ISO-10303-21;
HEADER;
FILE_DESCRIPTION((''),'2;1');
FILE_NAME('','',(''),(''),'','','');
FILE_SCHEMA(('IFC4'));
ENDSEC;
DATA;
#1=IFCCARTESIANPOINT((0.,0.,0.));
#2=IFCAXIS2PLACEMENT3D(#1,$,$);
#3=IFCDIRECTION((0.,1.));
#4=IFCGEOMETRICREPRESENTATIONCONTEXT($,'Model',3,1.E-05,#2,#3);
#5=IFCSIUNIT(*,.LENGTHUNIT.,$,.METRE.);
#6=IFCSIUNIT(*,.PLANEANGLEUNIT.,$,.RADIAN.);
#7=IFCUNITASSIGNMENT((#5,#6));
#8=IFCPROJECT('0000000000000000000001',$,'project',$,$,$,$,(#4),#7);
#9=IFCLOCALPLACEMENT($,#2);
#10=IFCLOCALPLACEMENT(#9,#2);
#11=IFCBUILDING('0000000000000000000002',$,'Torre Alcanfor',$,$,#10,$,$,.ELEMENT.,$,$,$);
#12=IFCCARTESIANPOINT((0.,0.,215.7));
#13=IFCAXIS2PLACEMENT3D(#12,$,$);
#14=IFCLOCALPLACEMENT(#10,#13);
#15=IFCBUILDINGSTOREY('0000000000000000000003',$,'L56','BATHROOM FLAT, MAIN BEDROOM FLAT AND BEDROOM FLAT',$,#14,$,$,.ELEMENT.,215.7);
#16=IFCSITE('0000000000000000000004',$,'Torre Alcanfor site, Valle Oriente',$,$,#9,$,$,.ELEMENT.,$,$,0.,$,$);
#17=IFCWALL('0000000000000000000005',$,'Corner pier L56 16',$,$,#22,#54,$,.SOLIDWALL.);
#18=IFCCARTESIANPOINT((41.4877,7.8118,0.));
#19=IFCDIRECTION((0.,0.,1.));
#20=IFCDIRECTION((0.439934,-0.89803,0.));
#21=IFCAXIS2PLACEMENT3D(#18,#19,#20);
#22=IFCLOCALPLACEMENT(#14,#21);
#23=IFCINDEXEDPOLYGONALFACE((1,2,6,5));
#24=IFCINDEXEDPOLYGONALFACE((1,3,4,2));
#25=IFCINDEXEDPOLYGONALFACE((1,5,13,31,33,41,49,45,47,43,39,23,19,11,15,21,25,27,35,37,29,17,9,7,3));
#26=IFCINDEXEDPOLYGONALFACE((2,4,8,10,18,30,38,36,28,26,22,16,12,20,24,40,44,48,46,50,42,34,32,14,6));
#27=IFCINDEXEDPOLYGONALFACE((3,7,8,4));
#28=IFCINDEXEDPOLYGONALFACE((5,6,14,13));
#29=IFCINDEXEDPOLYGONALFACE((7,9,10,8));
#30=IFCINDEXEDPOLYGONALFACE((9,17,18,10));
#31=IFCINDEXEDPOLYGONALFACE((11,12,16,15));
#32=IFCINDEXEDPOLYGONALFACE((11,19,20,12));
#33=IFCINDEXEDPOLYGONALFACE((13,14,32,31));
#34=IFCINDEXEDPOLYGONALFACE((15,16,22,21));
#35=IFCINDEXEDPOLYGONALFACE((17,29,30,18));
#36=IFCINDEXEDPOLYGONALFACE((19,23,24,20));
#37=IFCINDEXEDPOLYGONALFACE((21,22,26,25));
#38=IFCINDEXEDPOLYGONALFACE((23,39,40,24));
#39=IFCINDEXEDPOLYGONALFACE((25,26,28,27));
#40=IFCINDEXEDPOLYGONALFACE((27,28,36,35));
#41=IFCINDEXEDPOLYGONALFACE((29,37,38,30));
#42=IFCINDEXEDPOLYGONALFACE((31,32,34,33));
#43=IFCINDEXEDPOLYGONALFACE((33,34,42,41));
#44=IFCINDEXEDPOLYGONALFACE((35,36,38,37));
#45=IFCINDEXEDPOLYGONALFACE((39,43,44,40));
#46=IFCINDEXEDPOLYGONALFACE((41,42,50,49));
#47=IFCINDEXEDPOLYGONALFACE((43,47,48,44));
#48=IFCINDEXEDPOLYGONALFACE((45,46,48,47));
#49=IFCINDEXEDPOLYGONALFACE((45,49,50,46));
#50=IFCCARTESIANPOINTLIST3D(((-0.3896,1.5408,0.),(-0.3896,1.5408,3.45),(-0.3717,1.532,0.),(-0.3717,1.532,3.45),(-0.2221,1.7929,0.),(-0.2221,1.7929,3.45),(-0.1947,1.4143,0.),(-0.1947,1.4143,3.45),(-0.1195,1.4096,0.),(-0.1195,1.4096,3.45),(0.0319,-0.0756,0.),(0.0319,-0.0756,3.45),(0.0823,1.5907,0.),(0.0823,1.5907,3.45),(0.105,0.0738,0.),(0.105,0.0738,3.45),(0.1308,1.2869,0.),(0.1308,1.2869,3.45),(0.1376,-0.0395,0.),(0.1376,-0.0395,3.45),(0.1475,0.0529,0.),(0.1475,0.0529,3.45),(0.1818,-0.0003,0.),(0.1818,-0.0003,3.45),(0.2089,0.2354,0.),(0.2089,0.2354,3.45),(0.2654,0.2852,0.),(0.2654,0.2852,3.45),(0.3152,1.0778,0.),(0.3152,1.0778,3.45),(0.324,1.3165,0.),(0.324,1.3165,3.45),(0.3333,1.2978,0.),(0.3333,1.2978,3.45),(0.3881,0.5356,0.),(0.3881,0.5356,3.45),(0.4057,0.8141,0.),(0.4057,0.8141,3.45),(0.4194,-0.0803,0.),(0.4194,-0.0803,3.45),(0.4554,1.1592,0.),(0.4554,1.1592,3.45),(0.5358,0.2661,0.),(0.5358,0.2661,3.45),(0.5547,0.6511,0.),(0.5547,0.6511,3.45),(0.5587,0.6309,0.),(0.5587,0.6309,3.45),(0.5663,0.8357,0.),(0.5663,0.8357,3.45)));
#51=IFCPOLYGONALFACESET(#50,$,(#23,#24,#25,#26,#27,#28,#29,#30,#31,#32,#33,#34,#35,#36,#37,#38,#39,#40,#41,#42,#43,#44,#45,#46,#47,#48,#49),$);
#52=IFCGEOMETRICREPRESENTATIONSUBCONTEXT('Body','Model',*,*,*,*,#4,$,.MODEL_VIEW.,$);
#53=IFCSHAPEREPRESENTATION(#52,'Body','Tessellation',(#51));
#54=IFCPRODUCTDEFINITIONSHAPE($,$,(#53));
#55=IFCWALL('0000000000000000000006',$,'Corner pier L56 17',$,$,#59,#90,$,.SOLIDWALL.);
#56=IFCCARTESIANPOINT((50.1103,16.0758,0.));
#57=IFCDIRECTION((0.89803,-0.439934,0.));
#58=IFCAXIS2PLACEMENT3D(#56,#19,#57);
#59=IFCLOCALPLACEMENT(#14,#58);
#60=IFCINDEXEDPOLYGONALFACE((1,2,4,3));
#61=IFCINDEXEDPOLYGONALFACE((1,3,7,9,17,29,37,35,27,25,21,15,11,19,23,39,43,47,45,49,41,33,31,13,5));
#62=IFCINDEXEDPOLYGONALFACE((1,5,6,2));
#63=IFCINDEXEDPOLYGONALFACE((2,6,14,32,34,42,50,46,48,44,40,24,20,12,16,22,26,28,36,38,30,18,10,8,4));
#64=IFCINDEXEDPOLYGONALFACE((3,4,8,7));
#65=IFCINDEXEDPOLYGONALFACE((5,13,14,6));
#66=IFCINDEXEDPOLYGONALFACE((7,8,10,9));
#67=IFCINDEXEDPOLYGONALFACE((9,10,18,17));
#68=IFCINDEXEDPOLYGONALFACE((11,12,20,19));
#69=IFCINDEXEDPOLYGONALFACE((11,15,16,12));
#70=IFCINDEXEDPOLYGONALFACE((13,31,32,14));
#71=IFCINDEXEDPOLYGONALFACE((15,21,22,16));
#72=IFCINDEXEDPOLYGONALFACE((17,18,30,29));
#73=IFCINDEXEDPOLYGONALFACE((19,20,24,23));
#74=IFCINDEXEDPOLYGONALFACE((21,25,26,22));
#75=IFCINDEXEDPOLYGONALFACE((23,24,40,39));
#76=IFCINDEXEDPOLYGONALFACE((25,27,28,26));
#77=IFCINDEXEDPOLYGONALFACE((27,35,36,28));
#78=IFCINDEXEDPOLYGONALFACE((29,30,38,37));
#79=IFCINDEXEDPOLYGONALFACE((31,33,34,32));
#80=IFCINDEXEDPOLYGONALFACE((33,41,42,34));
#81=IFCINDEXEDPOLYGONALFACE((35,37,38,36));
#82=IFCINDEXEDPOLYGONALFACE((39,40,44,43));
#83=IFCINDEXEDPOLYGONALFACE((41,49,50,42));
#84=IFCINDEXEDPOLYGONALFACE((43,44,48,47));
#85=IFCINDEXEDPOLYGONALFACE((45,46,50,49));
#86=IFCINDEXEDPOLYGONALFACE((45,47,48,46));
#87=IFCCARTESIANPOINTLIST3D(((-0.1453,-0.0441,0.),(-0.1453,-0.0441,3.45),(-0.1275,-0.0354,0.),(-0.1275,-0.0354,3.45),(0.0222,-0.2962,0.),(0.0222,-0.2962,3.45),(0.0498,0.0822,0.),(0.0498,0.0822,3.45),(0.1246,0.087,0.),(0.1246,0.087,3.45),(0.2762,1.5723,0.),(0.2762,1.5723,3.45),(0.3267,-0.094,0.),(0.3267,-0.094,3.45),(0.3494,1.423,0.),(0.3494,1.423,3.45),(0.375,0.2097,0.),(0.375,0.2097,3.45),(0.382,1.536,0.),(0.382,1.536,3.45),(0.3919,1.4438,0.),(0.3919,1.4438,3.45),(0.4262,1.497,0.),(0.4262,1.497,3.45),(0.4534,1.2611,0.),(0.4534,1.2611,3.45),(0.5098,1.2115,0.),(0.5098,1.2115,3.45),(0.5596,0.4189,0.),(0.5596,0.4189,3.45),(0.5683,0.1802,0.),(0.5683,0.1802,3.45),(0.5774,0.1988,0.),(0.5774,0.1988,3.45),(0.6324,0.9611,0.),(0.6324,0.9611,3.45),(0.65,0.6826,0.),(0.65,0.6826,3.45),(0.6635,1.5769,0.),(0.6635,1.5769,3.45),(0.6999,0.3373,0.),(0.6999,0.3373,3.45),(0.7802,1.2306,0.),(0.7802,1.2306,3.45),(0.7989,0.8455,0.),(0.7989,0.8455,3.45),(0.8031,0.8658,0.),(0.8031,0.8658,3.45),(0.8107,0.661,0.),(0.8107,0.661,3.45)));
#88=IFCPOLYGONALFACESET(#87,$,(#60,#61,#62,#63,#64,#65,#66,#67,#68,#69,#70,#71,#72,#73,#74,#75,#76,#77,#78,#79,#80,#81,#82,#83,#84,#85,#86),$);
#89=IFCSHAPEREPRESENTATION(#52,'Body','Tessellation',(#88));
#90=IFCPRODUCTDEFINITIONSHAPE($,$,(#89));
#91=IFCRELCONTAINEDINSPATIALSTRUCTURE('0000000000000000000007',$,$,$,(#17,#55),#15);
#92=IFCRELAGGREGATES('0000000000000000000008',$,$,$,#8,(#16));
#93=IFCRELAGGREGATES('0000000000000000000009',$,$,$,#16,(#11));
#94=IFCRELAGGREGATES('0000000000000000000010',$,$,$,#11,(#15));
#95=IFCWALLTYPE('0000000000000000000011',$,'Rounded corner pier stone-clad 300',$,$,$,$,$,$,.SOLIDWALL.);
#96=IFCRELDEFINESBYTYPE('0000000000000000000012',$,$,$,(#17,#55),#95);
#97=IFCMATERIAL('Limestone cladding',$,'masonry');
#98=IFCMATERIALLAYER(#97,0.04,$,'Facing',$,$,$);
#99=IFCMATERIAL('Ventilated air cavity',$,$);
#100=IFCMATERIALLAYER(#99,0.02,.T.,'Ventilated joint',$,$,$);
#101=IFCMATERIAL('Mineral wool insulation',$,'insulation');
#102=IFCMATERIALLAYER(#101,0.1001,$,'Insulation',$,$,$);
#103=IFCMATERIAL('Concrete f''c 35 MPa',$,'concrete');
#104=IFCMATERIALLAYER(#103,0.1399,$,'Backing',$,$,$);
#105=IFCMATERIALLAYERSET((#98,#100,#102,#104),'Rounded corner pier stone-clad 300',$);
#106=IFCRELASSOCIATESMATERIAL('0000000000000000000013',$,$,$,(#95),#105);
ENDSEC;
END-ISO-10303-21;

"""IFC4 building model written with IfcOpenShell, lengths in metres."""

from ifc_helpers import new_model, si_unit, direction, frame, origin, place, context, subcontext, project, spatial, polyline, outline, extrude, material, layer, layer_set, type_object, element, save


model = new_model("IFC4")

# Units and contexts
model_context = context("Model", 3, precision=1e-05, world=origin(), true_north=direction((0.0, 1.0)))
body_context = subcontext(model_context, "Body", "Model", "MODEL_VIEW")
ifc_project = project(units=[si_unit("LENGTHUNIT", "METRE"), si_unit("PLANEANGLEUNIT", "RADIAN")], contexts=[model_context])

# Site, building, storey
site_placement = place(None, origin())
site = spatial("IfcSite", under=ifc_project, at=site_placement, Name="Torre Alcanfor site, Valle Oriente", CompositionType="ELEMENT", RefElevation=0.0)
building_placement = place(site_placement, origin())
building = spatial("IfcBuilding", under=site, at=building_placement, Name="Torre Alcanfor", CompositionType="ELEMENT")
storey_placement = place(building_placement, frame((0.0, 0.0, 215.7)))
storey = spatial("IfcBuildingStorey", under=building, at=storey_placement, Name="L56", Description="BATHROOM FLAT, MAIN BEDROOM FLAT AND BEDROOM FLAT", CompositionType="ELEMENT", Elevation=215.7)

# Shared definitions
ifc_material_1 = material(Name="Limestone cladding", Category="masonry")
ifc_material_2 = material(Name="Ventilated air cavity")
ifc_material_3 = material(Name="Mineral wool insulation", Category="insulation")
ifc_material_4 = material(Name="Concrete f'c 35 MPa", Category="concrete")

# Walls
ifc_layer_1 = layer(ifc_material_1, 0.04, Name="Facing")
ifc_layer_2 = layer(ifc_material_2, 0.02, ventilated=True, Name="Ventilated joint")
ifc_layer_3 = layer(ifc_material_3, 0.1001, Name="Insulation")
ifc_layer_4 = layer(ifc_material_4, 0.1399, Name="Backing")
ifc_layer_set_1 = layer_set([ifc_layer_1, ifc_layer_2, ifc_layer_3, ifc_layer_4], Name="Rounded corner pier stone-clad 300")
wall_type_1 = type_object("IfcWallType", Name="Rounded corner pier stone-clad 300", PredefinedType="SOLIDWALL", material=ifc_layer_set_1)
wall_1_placement = place(storey_placement, frame((41.4877, 7.8118, 0.0), z_axis=(0.0, 0.0, 1.0), x_axis=(0.439934, -0.89803, 0.0)))
element("IfcWall", 1, at=wall_1_placement, inside=storey, type_object=wall_type_1, Name="Corner pier L56 16", PredefinedType="SOLIDWALL", context=body_context, shape_type="SweptSolid", body=[
    extrude(outline(polyline([(-0.2221, 1.7929), (-0.3896, 1.5408), (-0.3717, 1.532), (-0.1947, 1.4143), (-0.1195, 1.4096), (0.1308, 1.2869), (0.3152, 1.0778), (0.4057, 0.8141), (0.3881, 0.5356), (0.2654, 0.2852), (0.2089, 0.2354), (0.1475, 0.0529), (0.105, 0.0738), (0.0319, -0.0756), (0.1376, -0.0395), (0.1818, -0.0003), (0.4194, -0.0803), (0.5358, 0.2661), (0.5587, 0.6309), (0.5547, 0.6511), (0.5663, 0.8357), (0.4554, 1.1592), (0.3333, 1.2978), (0.324, 1.3165), (0.0823, 1.5907), (-0.2221, 1.7929)])), origin(), (0.0, 0.0, 1.0), 3.45),
])
wall_2_placement = place(storey_placement, frame((50.1103, 16.0758, 0.0), z_axis=(0.0, 0.0, 1.0), x_axis=(0.89803, -0.439934, 0.0)))
element("IfcWall", 2, at=wall_2_placement, inside=storey, type_object=wall_type_1, Name="Corner pier L56 17", PredefinedType="SOLIDWALL", context=body_context, shape_type="SweptSolid", body=[
    extrude(outline(polyline([(0.6635, 1.5769), (0.4262, 1.497), (0.382, 1.536), (0.2762, 1.5723), (0.3494, 1.423), (0.3919, 1.4438), (0.4534, 1.2611), (0.5098, 1.2115), (0.6324, 0.9611), (0.65, 0.6826), (0.5596, 0.4189), (0.375, 0.2097), (0.1246, 0.087), (0.0498, 0.0822), (-0.1275, -0.0354), (-0.1453, -0.0441), (0.0222, -0.2962), (0.3267, -0.094), (0.5683, 0.1802), (0.5774, 0.1988), (0.6999, 0.3373), (0.8107, 0.661), (0.7989, 0.8455), (0.8031, 0.8658), (0.7802, 1.2306), (0.6635, 1.5769)])), origin(), (0.0, 0.0, 1.0), 3.45),
])

save(model, "model.ifc")
